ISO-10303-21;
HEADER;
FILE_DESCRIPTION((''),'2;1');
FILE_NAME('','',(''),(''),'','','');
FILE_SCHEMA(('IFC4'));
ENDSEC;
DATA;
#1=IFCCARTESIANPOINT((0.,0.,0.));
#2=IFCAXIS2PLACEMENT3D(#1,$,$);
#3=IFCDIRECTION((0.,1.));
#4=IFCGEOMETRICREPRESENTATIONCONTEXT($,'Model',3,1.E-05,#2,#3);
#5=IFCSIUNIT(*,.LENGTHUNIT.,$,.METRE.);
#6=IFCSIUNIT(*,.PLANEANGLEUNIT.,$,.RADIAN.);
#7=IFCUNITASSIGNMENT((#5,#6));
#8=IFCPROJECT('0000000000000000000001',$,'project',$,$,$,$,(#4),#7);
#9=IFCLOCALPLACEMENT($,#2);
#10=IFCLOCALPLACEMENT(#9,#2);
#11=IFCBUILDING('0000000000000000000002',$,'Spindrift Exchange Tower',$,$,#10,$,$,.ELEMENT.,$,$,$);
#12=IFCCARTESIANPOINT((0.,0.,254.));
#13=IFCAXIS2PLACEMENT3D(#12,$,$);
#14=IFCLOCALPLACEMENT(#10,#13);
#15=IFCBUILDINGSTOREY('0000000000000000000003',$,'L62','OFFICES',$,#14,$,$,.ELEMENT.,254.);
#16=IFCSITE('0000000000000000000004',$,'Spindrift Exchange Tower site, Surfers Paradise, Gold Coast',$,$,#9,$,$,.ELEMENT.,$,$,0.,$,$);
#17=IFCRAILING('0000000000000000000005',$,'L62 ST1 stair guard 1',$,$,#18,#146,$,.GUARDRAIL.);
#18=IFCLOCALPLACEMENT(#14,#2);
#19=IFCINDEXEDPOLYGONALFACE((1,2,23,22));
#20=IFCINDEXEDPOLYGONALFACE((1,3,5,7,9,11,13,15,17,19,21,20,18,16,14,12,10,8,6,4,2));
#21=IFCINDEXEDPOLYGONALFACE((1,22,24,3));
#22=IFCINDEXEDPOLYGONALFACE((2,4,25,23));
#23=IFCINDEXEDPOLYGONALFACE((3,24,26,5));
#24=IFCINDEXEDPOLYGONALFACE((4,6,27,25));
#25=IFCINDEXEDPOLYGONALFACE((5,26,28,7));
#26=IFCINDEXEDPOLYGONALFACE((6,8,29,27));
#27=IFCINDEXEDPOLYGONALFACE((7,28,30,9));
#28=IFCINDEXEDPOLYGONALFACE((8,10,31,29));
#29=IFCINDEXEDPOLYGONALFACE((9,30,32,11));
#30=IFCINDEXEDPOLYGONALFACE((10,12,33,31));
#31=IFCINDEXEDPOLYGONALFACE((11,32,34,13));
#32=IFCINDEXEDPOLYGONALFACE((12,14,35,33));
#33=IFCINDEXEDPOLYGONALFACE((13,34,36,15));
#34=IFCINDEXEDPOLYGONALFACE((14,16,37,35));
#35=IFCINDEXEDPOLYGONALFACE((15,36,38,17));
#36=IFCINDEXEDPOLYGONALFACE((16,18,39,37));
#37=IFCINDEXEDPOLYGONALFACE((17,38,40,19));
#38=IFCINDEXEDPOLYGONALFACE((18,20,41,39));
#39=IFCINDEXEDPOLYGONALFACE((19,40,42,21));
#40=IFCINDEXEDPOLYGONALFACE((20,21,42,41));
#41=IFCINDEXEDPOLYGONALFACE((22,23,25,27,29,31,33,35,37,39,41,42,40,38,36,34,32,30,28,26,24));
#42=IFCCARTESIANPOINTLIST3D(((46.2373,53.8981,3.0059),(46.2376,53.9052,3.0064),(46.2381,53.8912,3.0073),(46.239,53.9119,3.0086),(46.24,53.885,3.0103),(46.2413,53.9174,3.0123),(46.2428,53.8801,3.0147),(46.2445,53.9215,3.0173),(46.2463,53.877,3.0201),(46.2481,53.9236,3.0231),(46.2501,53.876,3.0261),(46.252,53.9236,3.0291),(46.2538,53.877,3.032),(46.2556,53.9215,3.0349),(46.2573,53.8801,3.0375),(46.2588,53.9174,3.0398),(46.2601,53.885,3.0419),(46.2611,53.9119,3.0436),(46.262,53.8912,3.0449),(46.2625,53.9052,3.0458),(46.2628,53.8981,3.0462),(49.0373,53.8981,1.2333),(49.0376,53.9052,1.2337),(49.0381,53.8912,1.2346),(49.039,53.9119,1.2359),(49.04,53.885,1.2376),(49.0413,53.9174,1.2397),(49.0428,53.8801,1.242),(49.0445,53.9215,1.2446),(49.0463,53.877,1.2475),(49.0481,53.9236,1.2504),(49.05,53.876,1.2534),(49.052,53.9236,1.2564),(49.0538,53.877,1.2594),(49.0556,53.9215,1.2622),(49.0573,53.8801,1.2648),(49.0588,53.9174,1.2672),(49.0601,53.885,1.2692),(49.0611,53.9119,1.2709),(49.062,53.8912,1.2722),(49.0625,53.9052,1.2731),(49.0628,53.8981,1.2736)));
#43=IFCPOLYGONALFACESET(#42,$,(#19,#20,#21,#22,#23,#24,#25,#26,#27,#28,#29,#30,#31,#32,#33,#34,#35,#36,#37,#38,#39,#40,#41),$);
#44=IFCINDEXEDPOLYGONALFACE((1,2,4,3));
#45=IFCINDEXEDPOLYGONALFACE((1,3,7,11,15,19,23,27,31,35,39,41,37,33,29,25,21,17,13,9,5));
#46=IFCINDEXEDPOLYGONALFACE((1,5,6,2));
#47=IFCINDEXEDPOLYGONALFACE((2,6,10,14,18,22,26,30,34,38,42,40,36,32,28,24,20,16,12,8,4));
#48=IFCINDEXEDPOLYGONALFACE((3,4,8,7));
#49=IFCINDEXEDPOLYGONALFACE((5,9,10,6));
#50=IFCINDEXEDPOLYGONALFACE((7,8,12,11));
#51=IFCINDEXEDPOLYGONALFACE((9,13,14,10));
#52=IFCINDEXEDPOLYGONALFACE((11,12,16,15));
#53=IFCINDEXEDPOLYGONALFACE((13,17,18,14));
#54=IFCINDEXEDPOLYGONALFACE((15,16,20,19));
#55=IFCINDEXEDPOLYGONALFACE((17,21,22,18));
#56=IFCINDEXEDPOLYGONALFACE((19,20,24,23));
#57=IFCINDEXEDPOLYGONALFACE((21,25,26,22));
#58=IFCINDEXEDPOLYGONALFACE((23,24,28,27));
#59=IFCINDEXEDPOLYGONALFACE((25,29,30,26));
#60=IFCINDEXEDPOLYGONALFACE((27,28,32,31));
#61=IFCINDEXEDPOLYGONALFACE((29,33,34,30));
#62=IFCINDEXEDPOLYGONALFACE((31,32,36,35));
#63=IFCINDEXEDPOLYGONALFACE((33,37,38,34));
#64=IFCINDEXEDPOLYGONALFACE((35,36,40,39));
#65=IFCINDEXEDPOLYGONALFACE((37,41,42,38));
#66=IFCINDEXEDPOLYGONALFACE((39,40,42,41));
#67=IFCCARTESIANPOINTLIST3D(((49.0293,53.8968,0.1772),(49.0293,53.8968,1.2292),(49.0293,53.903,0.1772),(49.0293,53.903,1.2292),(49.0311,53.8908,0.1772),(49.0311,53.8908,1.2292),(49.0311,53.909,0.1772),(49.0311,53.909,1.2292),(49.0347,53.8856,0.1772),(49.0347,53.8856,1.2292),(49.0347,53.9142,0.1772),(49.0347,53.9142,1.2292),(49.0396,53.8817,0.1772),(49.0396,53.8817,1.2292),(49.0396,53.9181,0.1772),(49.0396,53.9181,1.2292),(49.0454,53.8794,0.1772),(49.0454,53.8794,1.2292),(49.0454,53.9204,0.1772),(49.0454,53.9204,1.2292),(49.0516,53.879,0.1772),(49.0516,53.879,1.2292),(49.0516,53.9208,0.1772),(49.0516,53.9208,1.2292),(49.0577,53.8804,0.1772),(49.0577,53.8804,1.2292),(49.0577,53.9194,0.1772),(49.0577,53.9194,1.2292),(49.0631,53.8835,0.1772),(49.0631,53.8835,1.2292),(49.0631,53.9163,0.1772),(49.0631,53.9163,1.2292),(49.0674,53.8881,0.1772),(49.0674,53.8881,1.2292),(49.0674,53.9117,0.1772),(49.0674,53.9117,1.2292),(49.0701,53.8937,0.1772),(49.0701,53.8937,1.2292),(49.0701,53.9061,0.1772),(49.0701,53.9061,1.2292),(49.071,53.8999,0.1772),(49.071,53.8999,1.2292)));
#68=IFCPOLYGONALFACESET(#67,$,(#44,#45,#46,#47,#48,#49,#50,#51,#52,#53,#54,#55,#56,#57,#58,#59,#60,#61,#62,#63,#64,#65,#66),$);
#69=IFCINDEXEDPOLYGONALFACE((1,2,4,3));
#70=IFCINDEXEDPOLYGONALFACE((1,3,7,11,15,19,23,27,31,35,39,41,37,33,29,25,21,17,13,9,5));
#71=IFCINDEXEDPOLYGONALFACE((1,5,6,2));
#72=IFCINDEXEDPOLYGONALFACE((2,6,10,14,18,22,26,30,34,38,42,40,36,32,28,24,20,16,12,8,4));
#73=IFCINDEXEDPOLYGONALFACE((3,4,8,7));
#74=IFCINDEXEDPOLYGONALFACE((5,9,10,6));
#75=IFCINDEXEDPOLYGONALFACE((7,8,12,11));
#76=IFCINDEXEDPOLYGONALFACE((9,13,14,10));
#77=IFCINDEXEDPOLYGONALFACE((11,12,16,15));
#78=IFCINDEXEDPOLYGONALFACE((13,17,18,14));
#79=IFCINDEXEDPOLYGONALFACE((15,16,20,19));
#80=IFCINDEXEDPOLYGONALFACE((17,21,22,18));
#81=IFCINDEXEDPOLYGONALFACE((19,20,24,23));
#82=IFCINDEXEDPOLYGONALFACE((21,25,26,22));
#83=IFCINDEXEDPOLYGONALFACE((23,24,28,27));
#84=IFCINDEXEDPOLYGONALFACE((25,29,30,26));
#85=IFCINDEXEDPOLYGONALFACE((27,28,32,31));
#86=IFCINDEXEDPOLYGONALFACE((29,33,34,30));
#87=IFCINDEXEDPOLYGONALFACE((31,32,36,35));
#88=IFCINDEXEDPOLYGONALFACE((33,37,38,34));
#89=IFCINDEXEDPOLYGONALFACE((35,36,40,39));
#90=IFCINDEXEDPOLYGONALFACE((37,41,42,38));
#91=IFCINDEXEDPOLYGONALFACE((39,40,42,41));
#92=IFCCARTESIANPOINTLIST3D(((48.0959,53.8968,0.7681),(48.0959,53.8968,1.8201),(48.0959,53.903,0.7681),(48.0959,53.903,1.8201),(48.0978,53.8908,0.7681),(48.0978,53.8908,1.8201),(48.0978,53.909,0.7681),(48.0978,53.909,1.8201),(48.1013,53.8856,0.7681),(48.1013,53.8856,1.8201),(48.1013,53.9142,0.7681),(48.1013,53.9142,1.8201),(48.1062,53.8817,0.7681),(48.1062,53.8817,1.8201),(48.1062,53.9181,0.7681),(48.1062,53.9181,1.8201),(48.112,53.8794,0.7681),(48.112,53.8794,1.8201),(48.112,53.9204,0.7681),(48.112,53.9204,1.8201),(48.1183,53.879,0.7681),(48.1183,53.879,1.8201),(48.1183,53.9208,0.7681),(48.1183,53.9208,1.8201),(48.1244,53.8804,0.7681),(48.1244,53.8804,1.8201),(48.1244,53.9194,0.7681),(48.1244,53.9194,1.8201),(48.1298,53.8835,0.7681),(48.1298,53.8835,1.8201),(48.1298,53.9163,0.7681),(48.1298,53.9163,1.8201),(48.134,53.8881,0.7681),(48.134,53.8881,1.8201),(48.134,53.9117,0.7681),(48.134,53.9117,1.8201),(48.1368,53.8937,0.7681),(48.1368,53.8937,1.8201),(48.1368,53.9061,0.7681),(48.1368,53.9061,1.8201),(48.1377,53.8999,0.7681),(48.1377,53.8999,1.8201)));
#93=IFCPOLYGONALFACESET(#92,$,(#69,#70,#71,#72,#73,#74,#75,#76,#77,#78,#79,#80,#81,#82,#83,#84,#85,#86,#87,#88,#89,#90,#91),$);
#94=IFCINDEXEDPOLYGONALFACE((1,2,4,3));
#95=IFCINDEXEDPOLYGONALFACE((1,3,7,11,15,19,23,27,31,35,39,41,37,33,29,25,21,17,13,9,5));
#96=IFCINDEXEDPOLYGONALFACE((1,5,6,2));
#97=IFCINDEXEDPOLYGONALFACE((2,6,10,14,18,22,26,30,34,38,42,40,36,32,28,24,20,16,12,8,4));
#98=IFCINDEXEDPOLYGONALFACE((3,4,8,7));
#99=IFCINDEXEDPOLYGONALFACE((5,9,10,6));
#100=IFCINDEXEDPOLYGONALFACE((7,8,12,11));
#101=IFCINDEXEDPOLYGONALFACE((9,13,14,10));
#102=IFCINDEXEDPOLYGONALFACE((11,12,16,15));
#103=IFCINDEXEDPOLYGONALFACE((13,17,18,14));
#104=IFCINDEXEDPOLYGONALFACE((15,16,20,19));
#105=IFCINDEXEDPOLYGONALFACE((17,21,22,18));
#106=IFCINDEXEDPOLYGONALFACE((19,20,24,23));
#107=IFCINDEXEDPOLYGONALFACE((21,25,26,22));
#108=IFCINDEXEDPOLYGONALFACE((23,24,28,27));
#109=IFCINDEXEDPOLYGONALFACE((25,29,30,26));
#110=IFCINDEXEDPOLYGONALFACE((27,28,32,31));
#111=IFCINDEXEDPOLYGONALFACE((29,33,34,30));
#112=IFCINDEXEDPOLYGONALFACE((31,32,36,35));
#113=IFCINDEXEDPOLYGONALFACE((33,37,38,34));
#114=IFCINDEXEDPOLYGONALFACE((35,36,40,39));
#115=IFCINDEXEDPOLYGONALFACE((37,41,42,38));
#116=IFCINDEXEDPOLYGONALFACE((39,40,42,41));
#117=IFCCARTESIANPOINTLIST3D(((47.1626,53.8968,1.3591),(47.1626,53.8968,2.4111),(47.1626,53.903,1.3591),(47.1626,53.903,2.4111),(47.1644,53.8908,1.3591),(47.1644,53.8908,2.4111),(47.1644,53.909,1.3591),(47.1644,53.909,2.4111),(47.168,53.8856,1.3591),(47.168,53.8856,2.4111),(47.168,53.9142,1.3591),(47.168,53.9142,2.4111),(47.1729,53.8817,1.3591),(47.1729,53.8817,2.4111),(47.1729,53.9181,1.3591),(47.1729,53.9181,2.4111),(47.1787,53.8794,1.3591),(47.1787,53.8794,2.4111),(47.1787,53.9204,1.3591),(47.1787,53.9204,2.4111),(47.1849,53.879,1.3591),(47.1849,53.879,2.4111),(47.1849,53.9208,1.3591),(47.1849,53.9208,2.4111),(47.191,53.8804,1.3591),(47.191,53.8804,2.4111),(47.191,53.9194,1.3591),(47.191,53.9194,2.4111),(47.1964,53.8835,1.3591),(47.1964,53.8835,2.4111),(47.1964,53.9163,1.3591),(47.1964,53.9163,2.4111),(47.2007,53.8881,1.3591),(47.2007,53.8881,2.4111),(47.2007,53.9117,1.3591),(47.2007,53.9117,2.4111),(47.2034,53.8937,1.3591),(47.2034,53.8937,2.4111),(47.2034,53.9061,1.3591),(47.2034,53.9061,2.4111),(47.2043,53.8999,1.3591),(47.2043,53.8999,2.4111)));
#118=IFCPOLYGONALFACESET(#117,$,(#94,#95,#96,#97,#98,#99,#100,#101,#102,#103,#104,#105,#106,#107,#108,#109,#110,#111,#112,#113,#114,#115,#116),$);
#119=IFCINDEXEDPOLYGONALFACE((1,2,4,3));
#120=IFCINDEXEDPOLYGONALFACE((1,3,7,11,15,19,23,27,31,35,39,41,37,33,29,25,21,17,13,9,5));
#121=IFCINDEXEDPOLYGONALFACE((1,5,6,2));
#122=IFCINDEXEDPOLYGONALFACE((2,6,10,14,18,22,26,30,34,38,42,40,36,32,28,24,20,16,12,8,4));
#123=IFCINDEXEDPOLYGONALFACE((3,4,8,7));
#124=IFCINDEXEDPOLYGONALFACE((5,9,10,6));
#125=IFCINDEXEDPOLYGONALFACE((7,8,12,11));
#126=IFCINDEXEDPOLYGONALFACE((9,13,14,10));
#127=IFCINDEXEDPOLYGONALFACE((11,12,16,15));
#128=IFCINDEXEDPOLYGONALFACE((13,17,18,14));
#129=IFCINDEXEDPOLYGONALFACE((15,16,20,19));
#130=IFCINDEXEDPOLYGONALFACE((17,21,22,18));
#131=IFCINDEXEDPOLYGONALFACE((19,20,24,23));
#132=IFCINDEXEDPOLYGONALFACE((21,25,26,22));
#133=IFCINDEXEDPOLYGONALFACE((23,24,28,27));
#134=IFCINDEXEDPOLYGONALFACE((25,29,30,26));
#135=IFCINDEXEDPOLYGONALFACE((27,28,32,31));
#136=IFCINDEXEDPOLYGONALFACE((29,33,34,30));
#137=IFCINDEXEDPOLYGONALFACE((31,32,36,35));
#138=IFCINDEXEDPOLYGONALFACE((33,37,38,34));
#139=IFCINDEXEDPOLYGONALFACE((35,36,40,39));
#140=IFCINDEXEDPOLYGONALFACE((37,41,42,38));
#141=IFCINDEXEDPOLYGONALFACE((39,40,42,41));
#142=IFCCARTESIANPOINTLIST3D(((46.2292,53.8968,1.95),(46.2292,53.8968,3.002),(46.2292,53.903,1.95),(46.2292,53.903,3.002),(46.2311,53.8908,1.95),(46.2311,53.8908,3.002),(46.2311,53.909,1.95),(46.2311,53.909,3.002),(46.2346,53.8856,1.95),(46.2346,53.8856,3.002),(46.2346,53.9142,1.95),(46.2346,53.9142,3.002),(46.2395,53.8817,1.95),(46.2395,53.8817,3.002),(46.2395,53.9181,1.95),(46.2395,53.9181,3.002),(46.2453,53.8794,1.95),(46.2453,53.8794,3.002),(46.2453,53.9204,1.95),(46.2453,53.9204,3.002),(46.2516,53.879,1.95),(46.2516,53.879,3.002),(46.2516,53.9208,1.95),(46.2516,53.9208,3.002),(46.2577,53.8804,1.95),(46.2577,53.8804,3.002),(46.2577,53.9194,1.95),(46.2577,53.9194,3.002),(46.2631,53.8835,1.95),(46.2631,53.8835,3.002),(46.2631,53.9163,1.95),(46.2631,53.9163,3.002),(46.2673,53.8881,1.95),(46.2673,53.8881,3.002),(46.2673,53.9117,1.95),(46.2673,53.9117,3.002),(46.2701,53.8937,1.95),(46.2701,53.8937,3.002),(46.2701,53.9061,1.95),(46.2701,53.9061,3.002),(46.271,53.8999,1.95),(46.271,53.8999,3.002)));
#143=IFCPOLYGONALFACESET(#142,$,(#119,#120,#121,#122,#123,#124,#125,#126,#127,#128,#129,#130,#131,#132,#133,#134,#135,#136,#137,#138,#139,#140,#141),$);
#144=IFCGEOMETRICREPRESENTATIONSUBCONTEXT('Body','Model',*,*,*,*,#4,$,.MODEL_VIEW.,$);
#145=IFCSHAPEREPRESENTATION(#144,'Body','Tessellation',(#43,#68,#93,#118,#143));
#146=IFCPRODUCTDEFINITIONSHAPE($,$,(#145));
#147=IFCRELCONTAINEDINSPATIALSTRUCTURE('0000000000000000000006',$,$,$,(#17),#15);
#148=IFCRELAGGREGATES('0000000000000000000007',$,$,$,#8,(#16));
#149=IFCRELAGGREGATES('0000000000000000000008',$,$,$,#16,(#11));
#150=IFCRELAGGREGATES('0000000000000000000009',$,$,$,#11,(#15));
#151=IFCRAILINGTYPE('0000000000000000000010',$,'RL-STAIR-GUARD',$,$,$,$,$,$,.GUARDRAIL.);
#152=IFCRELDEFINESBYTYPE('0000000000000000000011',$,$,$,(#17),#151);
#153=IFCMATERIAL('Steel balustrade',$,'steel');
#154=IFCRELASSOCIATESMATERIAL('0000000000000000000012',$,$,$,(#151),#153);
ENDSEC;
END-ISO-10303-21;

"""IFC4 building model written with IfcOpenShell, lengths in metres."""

from ifc_helpers import new_model, si_unit, direction, frame, origin, origin_2d, place, context, subcontext, project, spatial, circle, extrude, material, type_object, element, save


model = new_model("IFC4")

# Units and contexts
model_context = context("Model", 3, precision=1e-05, world=origin(), true_north=direction((0.0, 1.0)))
body_context = subcontext(model_context, "Body", "Model", "MODEL_VIEW")
ifc_project = project(units=[si_unit("LENGTHUNIT", "METRE"), si_unit("PLANEANGLEUNIT", "RADIAN")], contexts=[model_context])

# Site, building, storey
site_placement = place(None, origin())
site = spatial("IfcSite", under=ifc_project, at=site_placement, Name="Spindrift Exchange Tower site, Surfers Paradise, Gold Coast", CompositionType="ELEMENT", RefElevation=0.0)
building_placement = place(site_placement, origin())
building = spatial("IfcBuilding", under=site, at=building_placement, Name="Spindrift Exchange Tower", CompositionType="ELEMENT")
storey_placement = place(building_placement, frame((0.0, 0.0, 254.0)))
storey = spatial("IfcBuildingStorey", under=building, at=storey_placement, Name="L62", Description="OFFICES", CompositionType="ELEMENT", Elevation=254.0)

# Railing
ifc_material_1 = material(Name="Steel balustrade", Category="steel")
railing_type_1 = type_object("IfcRailingType", Name="RL-STAIR-GUARD", PredefinedType="GUARDRAIL", material=ifc_material_1)
railing_1_placement = place(storey_placement, frame((49.05, 53.8999, 0.1772)))
element("IfcRailing", 1, at=railing_1_placement, inside=storey, type_object=railing_type_1, Name="L62 ST1 stair guard 1", PredefinedType="GUARDRAIL", context=body_context, shape_type="SweptSolid", body=[
    extrude(circle(Radius=0.0239, at=origin_2d()), frame((0.0, 0.0, 1.0762), z_axis=(-0.844909, 0.0, 0.53491), x_axis=(0.0, -1.0, 0.0)), (0.0, 0.0, 1.0), 3.314),
    extrude(circle(Radius=0.021, at=origin_2d()), origin(), (0.0, 0.0, 1.0), 1.052),
    extrude(circle(Radius=0.021, at=origin_2d()), frame((-0.9333, 0.0, 0.5908)), (0.0, 0.0, 1.0), 1.052),
    extrude(circle(Radius=0.021, at=origin_2d()), frame((-1.8667, 0.0, 1.1819)), (0.0, 0.0, 1.0), 1.052),
    extrude(circle(Radius=0.021, at=origin_2d()), frame((-2.8, 0.0, 1.7727)), (0.0, 0.0, 1.0), 1.052),
])

save(model, "model.ifc")
